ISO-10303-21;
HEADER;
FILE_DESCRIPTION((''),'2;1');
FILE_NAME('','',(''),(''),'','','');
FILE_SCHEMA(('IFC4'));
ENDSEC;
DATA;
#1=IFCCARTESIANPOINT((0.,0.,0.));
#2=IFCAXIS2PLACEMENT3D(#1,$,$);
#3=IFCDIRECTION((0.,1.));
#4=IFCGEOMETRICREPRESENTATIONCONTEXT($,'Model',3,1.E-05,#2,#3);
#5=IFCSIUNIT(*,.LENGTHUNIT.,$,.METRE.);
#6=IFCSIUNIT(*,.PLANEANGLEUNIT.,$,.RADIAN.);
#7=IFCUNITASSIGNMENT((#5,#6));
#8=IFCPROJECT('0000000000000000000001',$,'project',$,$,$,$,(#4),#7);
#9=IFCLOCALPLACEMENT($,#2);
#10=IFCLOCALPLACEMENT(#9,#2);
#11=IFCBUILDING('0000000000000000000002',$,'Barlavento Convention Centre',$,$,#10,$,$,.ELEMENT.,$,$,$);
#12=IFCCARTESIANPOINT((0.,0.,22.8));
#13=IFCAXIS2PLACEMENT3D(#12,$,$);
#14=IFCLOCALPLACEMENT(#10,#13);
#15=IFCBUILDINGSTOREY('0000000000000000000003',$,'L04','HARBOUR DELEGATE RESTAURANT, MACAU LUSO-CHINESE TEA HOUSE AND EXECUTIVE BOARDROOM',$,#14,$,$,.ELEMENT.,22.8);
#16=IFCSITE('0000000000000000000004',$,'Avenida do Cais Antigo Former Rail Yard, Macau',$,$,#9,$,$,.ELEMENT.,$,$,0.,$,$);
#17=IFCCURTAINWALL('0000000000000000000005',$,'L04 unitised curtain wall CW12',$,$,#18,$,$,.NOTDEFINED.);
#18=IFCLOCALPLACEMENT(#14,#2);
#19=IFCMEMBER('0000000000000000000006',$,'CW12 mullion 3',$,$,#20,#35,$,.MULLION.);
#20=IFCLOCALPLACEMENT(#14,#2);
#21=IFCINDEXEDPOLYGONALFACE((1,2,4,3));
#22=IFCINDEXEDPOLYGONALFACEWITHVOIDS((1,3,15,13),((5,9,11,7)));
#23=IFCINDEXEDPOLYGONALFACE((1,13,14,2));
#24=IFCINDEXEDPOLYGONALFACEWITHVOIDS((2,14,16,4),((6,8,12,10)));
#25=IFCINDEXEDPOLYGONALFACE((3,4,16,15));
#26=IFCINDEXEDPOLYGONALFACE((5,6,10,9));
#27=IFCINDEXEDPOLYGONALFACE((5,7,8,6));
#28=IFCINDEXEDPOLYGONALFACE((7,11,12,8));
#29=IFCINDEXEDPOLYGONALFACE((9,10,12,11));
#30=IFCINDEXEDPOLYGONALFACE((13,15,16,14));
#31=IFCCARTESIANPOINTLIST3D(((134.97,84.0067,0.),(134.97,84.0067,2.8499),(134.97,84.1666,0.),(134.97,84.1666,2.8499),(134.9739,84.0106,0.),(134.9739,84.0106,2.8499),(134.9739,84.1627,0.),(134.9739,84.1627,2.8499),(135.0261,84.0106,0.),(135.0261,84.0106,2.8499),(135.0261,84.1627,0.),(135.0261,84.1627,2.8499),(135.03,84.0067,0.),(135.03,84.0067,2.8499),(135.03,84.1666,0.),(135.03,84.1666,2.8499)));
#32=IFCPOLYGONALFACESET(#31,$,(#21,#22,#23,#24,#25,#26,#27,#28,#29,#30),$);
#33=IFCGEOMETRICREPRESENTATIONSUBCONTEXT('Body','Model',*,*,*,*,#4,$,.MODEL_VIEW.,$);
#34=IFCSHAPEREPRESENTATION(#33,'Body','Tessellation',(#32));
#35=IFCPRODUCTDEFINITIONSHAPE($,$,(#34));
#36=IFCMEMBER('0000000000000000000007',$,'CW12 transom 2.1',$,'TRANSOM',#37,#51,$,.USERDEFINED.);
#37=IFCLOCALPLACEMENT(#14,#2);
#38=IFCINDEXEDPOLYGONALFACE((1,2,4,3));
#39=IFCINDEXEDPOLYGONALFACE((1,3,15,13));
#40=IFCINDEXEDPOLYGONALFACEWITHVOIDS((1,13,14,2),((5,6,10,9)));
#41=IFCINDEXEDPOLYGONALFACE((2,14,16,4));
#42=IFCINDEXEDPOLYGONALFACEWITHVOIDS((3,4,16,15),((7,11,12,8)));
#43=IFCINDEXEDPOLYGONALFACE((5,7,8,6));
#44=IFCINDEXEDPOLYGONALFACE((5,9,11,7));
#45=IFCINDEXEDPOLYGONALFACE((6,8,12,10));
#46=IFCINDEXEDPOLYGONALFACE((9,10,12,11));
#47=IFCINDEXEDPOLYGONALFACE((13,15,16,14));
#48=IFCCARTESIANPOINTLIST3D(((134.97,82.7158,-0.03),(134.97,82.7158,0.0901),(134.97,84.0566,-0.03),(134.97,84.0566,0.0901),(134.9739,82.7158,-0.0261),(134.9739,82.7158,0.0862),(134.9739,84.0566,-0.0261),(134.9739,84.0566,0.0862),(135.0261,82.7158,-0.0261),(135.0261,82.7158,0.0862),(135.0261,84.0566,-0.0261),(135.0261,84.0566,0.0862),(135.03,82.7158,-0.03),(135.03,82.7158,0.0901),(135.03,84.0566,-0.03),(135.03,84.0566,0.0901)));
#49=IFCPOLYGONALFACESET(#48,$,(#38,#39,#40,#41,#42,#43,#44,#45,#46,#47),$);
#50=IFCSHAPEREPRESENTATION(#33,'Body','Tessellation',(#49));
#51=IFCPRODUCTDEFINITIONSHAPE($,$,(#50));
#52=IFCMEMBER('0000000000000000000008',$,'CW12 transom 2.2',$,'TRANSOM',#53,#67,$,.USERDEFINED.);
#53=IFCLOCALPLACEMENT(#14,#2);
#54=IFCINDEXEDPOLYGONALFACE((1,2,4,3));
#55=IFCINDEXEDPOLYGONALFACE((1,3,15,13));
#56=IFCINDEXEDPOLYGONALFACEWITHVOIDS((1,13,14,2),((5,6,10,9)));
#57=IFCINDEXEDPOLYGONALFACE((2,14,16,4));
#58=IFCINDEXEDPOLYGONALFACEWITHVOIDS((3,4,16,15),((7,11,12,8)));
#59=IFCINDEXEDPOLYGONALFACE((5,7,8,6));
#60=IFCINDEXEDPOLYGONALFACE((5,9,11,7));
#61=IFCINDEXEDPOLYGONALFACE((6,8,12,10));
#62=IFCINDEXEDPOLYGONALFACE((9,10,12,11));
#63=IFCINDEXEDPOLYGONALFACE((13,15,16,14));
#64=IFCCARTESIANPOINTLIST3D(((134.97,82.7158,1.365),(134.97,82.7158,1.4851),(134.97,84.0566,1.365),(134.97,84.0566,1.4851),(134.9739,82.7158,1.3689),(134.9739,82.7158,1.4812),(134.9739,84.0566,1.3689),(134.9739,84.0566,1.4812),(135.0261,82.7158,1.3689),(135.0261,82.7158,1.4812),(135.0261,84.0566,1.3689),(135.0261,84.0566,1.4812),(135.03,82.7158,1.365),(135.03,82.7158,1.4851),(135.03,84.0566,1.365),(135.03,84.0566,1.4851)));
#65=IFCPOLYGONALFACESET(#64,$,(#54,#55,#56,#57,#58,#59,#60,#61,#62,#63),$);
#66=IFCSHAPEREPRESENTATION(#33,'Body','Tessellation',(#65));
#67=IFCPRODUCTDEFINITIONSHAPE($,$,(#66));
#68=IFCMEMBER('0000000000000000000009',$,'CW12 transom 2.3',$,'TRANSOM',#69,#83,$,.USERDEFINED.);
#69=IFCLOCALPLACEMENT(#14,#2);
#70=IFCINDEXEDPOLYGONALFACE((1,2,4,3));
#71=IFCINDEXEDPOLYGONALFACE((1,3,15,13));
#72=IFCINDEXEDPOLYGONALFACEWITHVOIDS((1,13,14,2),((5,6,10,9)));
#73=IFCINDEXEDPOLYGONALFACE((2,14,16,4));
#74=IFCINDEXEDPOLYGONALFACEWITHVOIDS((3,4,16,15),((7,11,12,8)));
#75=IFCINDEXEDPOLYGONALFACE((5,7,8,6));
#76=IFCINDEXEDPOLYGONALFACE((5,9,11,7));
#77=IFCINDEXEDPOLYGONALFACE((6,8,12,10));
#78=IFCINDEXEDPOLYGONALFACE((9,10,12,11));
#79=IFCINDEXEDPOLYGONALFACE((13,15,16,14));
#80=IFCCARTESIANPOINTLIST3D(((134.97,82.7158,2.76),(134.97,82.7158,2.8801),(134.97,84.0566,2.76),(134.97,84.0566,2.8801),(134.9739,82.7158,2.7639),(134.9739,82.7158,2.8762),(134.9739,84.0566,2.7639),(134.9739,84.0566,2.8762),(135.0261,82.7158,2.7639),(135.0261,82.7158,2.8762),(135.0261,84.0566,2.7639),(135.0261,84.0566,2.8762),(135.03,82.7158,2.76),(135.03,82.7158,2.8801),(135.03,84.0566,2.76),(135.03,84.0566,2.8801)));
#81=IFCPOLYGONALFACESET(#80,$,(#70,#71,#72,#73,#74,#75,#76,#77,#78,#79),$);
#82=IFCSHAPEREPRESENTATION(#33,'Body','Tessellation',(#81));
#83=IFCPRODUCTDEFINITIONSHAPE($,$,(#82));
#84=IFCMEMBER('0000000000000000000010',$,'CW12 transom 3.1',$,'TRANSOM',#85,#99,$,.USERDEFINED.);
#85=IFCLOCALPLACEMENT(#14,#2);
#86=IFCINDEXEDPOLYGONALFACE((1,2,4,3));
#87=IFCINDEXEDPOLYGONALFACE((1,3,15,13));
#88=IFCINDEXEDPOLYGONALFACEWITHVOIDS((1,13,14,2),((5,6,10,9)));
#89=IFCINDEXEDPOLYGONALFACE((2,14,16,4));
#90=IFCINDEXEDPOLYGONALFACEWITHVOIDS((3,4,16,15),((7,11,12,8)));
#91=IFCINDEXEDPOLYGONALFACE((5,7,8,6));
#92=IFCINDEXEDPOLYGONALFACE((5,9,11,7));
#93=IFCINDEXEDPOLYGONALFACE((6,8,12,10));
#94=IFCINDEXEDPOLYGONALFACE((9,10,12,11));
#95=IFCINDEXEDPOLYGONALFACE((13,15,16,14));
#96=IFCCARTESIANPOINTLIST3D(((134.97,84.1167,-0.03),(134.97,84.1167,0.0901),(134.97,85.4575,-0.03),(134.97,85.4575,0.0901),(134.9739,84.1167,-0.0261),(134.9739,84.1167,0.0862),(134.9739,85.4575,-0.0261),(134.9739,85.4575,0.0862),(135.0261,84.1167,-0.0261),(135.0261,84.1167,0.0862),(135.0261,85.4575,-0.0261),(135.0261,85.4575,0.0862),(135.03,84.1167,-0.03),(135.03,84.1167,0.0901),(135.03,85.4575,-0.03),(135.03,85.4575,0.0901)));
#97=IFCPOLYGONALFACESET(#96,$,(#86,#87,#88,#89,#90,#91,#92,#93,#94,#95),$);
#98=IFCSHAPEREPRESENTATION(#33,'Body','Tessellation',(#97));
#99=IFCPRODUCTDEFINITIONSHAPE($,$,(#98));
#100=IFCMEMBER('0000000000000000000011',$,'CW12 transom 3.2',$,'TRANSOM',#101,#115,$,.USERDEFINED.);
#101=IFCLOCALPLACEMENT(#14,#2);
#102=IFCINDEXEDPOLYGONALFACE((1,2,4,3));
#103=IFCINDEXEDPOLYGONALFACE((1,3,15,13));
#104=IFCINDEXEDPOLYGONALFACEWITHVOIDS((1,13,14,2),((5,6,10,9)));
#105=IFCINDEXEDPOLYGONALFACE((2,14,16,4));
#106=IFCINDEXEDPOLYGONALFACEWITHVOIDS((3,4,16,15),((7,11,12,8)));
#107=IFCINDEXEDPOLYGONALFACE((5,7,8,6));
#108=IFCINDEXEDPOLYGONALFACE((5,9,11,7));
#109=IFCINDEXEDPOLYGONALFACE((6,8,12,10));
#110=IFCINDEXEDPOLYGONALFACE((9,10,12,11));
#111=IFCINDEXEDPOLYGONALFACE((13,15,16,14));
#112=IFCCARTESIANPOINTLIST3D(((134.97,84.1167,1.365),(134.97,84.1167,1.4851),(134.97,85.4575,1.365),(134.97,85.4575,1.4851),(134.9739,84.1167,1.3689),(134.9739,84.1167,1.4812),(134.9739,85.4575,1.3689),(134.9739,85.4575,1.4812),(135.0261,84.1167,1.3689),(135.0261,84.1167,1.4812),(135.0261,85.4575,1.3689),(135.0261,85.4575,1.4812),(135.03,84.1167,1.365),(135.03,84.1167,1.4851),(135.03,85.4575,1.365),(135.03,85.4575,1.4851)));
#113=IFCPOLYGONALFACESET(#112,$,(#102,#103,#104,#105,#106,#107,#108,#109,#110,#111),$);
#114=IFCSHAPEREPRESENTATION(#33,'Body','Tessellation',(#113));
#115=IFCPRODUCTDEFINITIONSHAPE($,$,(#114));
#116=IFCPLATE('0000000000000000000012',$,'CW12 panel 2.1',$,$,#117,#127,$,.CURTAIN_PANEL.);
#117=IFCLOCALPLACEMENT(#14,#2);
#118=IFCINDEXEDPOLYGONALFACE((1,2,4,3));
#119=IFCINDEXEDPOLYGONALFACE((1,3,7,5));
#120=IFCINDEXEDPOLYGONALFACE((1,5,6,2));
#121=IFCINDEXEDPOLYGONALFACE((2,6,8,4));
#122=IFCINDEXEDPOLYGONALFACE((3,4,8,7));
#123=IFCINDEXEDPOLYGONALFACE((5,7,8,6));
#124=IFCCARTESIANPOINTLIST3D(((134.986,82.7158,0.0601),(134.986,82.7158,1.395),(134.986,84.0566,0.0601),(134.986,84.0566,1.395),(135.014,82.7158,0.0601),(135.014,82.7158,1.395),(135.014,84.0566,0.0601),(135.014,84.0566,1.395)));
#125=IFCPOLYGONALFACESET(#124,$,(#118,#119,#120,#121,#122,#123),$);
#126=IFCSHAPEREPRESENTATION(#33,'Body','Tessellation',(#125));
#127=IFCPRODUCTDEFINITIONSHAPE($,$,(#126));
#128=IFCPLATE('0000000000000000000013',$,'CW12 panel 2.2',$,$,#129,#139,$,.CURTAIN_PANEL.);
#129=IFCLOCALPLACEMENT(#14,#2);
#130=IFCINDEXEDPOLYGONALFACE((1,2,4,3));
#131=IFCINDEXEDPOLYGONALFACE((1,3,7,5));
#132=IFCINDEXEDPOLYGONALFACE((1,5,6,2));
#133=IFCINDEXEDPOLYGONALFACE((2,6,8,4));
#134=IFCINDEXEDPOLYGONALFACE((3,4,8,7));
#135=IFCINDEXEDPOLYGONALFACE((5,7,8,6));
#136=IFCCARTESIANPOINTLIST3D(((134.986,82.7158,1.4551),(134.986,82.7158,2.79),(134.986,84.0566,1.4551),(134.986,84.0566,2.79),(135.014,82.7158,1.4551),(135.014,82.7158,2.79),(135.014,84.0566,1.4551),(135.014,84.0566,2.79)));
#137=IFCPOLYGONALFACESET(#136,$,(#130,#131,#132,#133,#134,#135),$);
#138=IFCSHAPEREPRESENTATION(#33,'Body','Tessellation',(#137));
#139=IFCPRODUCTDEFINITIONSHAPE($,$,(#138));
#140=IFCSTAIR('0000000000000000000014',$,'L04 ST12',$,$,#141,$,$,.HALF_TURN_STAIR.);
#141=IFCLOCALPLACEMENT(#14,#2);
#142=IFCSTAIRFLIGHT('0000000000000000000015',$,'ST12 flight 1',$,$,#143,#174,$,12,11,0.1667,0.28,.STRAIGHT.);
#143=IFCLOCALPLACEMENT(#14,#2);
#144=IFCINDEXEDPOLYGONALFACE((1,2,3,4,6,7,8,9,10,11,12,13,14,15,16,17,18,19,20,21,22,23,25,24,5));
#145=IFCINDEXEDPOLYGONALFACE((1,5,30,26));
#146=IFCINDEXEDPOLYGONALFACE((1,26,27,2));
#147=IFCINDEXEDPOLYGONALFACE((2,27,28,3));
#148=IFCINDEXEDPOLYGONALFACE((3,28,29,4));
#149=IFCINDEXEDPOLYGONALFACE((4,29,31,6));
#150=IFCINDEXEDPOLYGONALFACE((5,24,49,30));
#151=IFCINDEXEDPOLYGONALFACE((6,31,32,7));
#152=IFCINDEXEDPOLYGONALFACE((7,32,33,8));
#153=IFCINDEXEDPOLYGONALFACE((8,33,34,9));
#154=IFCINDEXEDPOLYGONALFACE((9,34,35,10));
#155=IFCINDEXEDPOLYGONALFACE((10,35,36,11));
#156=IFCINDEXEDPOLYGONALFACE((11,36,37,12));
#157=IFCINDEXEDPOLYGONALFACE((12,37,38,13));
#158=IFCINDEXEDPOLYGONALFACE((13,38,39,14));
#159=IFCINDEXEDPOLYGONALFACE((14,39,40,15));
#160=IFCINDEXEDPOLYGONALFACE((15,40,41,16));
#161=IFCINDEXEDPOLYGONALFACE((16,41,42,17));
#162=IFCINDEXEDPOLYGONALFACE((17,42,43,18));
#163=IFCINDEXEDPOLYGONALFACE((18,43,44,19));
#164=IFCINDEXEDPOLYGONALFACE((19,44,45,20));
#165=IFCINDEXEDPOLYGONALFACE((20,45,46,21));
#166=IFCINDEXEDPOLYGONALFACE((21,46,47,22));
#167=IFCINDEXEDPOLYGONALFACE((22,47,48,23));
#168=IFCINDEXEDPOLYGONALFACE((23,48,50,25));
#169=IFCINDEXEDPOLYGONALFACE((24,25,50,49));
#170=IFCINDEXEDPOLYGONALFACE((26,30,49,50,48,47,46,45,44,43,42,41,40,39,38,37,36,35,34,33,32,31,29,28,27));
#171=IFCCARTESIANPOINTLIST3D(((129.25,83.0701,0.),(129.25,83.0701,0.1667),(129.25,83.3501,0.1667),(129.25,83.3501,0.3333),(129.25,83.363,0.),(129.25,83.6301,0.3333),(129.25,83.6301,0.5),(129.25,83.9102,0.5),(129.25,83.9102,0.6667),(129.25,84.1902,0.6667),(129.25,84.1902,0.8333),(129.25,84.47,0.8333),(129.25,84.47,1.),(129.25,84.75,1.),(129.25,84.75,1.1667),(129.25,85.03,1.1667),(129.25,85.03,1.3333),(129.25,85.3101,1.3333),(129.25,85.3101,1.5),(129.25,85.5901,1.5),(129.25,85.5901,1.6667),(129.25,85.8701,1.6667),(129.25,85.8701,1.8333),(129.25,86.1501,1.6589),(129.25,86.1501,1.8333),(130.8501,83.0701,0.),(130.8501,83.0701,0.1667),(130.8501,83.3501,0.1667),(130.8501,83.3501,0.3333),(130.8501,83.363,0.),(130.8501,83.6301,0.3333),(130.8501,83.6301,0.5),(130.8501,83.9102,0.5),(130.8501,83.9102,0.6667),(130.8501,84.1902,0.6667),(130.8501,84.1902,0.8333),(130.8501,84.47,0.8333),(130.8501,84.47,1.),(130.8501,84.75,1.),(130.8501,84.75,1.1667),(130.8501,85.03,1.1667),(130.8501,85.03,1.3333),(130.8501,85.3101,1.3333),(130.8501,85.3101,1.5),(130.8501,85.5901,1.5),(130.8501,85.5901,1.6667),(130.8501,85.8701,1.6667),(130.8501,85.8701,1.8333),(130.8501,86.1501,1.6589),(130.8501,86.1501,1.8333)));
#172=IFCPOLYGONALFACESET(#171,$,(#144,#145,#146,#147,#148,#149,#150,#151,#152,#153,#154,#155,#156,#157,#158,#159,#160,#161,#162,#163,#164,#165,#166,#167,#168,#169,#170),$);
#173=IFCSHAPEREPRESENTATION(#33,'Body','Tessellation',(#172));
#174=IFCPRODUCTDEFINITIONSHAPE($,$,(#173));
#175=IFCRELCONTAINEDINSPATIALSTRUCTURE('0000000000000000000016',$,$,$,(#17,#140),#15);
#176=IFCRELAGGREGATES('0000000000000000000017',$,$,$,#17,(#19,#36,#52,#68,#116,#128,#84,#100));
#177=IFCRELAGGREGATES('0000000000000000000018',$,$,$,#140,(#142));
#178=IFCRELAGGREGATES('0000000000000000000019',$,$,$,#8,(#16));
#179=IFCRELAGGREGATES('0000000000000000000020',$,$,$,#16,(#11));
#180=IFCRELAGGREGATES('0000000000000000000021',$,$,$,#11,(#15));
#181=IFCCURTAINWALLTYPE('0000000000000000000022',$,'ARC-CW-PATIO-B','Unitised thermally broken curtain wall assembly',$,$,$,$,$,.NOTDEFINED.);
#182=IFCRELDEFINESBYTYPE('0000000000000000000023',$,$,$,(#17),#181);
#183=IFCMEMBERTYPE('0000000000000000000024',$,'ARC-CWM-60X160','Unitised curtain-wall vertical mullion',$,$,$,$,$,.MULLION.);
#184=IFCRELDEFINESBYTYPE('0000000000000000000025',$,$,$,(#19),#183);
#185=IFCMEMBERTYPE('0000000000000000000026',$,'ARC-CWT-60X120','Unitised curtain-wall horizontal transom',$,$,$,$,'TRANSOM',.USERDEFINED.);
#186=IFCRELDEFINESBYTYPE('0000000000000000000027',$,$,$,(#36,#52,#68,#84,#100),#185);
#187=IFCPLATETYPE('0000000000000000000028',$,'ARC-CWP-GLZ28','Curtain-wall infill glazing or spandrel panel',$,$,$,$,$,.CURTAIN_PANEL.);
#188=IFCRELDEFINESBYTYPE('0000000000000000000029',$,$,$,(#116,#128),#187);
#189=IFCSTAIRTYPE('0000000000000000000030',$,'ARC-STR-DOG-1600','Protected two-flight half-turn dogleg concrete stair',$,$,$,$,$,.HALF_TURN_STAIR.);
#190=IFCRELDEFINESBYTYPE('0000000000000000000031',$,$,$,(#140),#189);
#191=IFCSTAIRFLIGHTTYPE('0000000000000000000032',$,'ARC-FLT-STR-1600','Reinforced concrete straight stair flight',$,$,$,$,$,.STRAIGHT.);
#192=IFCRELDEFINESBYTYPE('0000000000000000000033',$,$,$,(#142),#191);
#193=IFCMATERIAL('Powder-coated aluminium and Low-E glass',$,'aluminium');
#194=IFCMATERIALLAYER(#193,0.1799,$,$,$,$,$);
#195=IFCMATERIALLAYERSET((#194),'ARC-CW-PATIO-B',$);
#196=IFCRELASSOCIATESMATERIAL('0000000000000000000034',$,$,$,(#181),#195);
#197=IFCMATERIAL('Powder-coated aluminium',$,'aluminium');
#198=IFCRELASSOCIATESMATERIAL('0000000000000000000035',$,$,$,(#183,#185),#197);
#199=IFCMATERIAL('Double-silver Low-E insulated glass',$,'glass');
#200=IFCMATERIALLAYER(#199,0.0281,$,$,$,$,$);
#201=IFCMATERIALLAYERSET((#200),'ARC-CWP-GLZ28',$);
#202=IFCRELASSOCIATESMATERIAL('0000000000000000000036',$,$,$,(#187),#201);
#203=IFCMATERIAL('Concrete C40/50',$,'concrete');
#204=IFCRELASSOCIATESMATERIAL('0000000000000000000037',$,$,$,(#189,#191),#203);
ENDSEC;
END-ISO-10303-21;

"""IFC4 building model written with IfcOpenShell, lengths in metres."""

from ifc_helpers import new_model, si_unit, direction, frame, origin, origin_2d, place, context, subcontext, project, spatial, polyline, rectangle, hollow_rectangle, outline, extrude, material, layer, layer_set, material_profile, profile_set, type_object, element, aggregate, save


model = new_model("IFC4")

# Units and contexts
model_context = context("Model", 3, precision=1e-05, world=origin(), true_north=direction((0.0, 1.0)))
body_context = subcontext(model_context, "Body", "Model", "MODEL_VIEW")
ifc_project = project(units=[si_unit("LENGTHUNIT", "METRE"), si_unit("PLANEANGLEUNIT", "RADIAN")], contexts=[model_context])

# Site, building, storey
site_placement = place(None, origin())
site = spatial("IfcSite", under=ifc_project, at=site_placement, Name="Avenida do Cais Antigo Former Rail Yard, Macau", CompositionType="ELEMENT", RefElevation=0.0)
building_placement = place(site_placement, origin())
building = spatial("IfcBuilding", under=site, at=building_placement, Name="Barlavento Convention Centre", CompositionType="ELEMENT")
storey_placement = place(building_placement, frame((0.0, 0.0, 22.8)))
storey = spatial("IfcBuildingStorey", under=building, at=storey_placement, Name="L04", Description="HARBOUR DELEGATE RESTAURANT, MACAU LUSO-CHINESE TEA HOUSE AND EXECUTIVE BOARDROOM", CompositionType="ELEMENT", Elevation=22.8)

# Curtain wall, members, plates
ifc_material_1 = material(Name="Powder-coated aluminium and Low-E glass", Category="aluminium")
ifc_layer_1 = layer(ifc_material_1, 0.1799)
ifc_layer_set_1 = layer_set([ifc_layer_1], Name="ARC-CW-PATIO-B")
curtain_wall_type = type_object("IfcCurtainWallType", Name="ARC-CW-PATIO-B", Description="Unitised thermally broken curtain wall assembly", PredefinedType="NOTDEFINED", material=ifc_layer_set_1)
curtain_wall_placement = place(storey_placement, origin())
curtain_wall = element("IfcCurtainWall", 1, at=curtain_wall_placement, inside=storey, type_object=curtain_wall_type, Name="L04 unitised curtain wall CW12", PredefinedType="NOTDEFINED")
ifc_material_2 = material(Name="Powder-coated aluminium", Category="aluminium")
ifc_material_profile_1 = material_profile(ifc_material_2, hollow_rectangle(XDim=0.0601, YDim=0.1599, WallThickness=0.0039, at=origin_2d()), Name="AL-MULL 60x160x4")
ifc_profile_set_1 = profile_set([ifc_material_profile_1], Name="Powder-coated aluminium")
member_type_1 = type_object("IfcMemberType", Name="ARC-CWM-60X160", Description="Unitised curtain-wall vertical mullion", PredefinedType="MULLION", material=ifc_profile_set_1)
member_1_placement = place(storey_placement, frame((135.0, 84.0867, 0.0), z_axis=(0.0, 0.0, 1.0), x_axis=(-1.0, 0.0, 0.0)))
member_1 = element("IfcMember", 2, at=member_1_placement, type_object=member_type_1, Name="CW12 mullion 3", PredefinedType="MULLION", context=body_context, shape_type="SweptSolid", body=[
    extrude(hollow_rectangle(XDim=0.0601, YDim=0.1599, WallThickness=0.0039, at=origin_2d()), origin(), (0.0, 0.0, 1.0), 2.8499),
])
ifc_material_profile_2 = material_profile(ifc_material_2, hollow_rectangle(XDim=0.0601, YDim=0.1201, WallThickness=0.0039, at=origin_2d()), Name="AL-TRAN 60x120x4")
ifc_profile_set_2 = profile_set([ifc_material_profile_2], Name="Powder-coated aluminium")
member_type_2 = type_object("IfcMemberType", Name="ARC-CWT-60X120", Description="Unitised curtain-wall horizontal transom", ElementType="TRANSOM", PredefinedType="USERDEFINED", material=ifc_profile_set_2)
member_2_placement = place(storey_placement, frame((135.0, 82.7158, 0.03), z_axis=(0.0, 1.0, 0.0), x_axis=(-1.0, 0.0, 0.0)))
member_2 = element("IfcMember", 3, at=member_2_placement, type_object=member_type_2, Name="CW12 transom 2.1", ObjectType="TRANSOM", PredefinedType="USERDEFINED", context=body_context, shape_type="SweptSolid", body=[
    extrude(hollow_rectangle(XDim=0.0601, YDim=0.1201, WallThickness=0.0039, at=origin_2d()), origin(), (0.0, 0.0, 1.0), 1.3408),
])
member_3_placement = place(storey_placement, frame((135.0, 82.7158, 1.425), z_axis=(0.0, 1.0, 0.0), x_axis=(-1.0, 0.0, 0.0)))
member_3 = element("IfcMember", 4, at=member_3_placement, type_object=member_type_2, Name="CW12 transom 2.2", ObjectType="TRANSOM", PredefinedType="USERDEFINED", context=body_context, shape_type="SweptSolid", body=[
    extrude(hollow_rectangle(XDim=0.0601, YDim=0.1201, WallThickness=0.0039, at=origin_2d()), origin(), (0.0, 0.0, 1.0), 1.3408),
])
member_4_placement = place(storey_placement, frame((135.0, 82.7158, 2.8201), z_axis=(0.0, 1.0, 0.0), x_axis=(-1.0, 0.0, 0.0)))
member_4 = element("IfcMember", 5, at=member_4_placement, type_object=member_type_2, Name="CW12 transom 2.3", ObjectType="TRANSOM", PredefinedType="USERDEFINED", context=body_context, shape_type="SweptSolid", body=[
    extrude(hollow_rectangle(XDim=0.0601, YDim=0.1201, WallThickness=0.0039, at=origin_2d()), origin(), (0.0, 0.0, 1.0), 1.3408),
])
member_5_placement = place(storey_placement, frame((135.0, 84.1167, 0.03), z_axis=(0.0, 1.0, 0.0), x_axis=(-1.0, 0.0, 0.0)))
member_5 = element("IfcMember", 6, at=member_5_placement, type_object=member_type_2, Name="CW12 transom 3.1", ObjectType="TRANSOM", PredefinedType="USERDEFINED", context=body_context, shape_type="SweptSolid", body=[
    extrude(hollow_rectangle(XDim=0.0601, YDim=0.1201, WallThickness=0.0039, at=origin_2d()), origin(), (0.0, 0.0, 1.0), 1.3408),
])
member_6_placement = place(storey_placement, frame((135.0, 84.1167, 1.425), z_axis=(0.0, 1.0, 0.0), x_axis=(-1.0, 0.0, 0.0)))
member_6 = element("IfcMember", 7, at=member_6_placement, type_object=member_type_2, Name="CW12 transom 3.2", ObjectType="TRANSOM", PredefinedType="USERDEFINED", context=body_context, shape_type="SweptSolid", body=[
    extrude(hollow_rectangle(XDim=0.0601, YDim=0.1201, WallThickness=0.0039, at=origin_2d()), origin(), (0.0, 0.0, 1.0), 1.3408),
])
ifc_material_3 = material(Name="Double-silver Low-E insulated glass", Category="glass")
ifc_layer_2 = layer(ifc_material_3, 0.0281)
ifc_layer_set_2 = layer_set([ifc_layer_2], Name="ARC-CWP-GLZ28")
plate_type = type_object("IfcPlateType", Name="ARC-CWP-GLZ28", Description="Curtain-wall infill glazing or spandrel panel", PredefinedType="CURTAIN_PANEL", material=ifc_layer_set_2)
plate_1_placement = place(storey_placement, frame((135.0, 83.3862, 0.0601), z_axis=(0.0, 0.0, 1.0), x_axis=(0.0, 1.0, 0.0)))
plate_1 = element("IfcPlate", 8, at=plate_1_placement, type_object=plate_type, Name="CW12 panel 2.1", PredefinedType="CURTAIN_PANEL", context=body_context, shape_type="SweptSolid", body=[
    extrude(rectangle(XDim=1.3408, YDim=0.0281, at=origin_2d()), origin(), (0.0, 0.0, 1.0), 1.335),
])
plate_2_placement = place(storey_placement, frame((135.0, 83.3862, 1.4551), z_axis=(0.0, 0.0, 1.0), x_axis=(0.0, 1.0, 0.0)))
plate_2 = element("IfcPlate", 9, at=plate_2_placement, type_object=plate_type, Name="CW12 panel 2.2", PredefinedType="CURTAIN_PANEL", context=body_context, shape_type="SweptSolid", body=[
    extrude(rectangle(XDim=1.3408, YDim=0.0281, at=origin_2d()), origin(), (0.0, 0.0, 1.0), 1.335),
])
aggregate(curtain_wall, [member_1, member_2, member_3, member_4, plate_1, plate_2, member_5, member_6])

# Stair, stair flight
ifc_material_4 = material(Name="Concrete C40/50", Category="concrete")
stair_type = type_object("IfcStairType", Name="ARC-STR-DOG-1600", Description="Protected two-flight half-turn dogleg concrete stair", PredefinedType="HALF_TURN_STAIR", material=ifc_material_4)
stair_placement = place(storey_placement, origin())
stair = element("IfcStair", 10, at=stair_placement, inside=storey, type_object=stair_type, Name="L04 ST12", PredefinedType="HALF_TURN_STAIR")
stair_flight_type = type_object("IfcStairFlightType", Name="ARC-FLT-STR-1600", Description="Reinforced concrete straight stair flight", PredefinedType="STRAIGHT", material=ifc_material_4)
stair_flight_1_placement = place(storey_placement, frame((130.05, 83.0701, 0.0), z_axis=(0.0, 0.0, 1.0), x_axis=(0.0, 1.0, 0.0)))
stair_flight_1 = element("IfcStairFlight", 11, at=stair_flight_1_placement, type_object=stair_flight_type, Name="ST12 flight 1", NumberOfRisers=12, NumberOfTreads=11, PredefinedType="STRAIGHT", RiserHeight=0.1667, TreadLength=0.28, context=body_context, shape_type="SweptSolid", body=[
    extrude(outline(polyline([(0.0, 0.0), (0.0, 0.1667), (0.28, 0.1667), (0.28, 0.3333), (0.5601, 0.3333), (0.5601, 0.5), (0.8401, 0.5), (0.8401, 0.6667), (1.1201, 0.6667), (1.1201, 0.8333), (1.3999, 0.8333), (1.3999, 1.0), (1.6799, 1.0), (1.6799, 1.1667), (1.96, 1.1667), (1.96, 1.3333), (2.24, 1.3333), (2.24, 1.5), (2.52, 1.5), (2.52, 1.6667), (2.8, 1.6667), (2.8, 1.8333), (3.0801, 1.8333), (3.0801, 2.0), (3.0801, 1.6589), (0.293, 0.0), (0.0, 0.0)])), frame((0.0, 0.8, 0.0), z_axis=(0.0, -1.0, 0.0), x_axis=(1.0, 0.0, 0.0)), (0.0, 0.0, 1.0), 1.6001),
])
aggregate(stair, [stair_flight_1])

save(model, "model.ifc")
